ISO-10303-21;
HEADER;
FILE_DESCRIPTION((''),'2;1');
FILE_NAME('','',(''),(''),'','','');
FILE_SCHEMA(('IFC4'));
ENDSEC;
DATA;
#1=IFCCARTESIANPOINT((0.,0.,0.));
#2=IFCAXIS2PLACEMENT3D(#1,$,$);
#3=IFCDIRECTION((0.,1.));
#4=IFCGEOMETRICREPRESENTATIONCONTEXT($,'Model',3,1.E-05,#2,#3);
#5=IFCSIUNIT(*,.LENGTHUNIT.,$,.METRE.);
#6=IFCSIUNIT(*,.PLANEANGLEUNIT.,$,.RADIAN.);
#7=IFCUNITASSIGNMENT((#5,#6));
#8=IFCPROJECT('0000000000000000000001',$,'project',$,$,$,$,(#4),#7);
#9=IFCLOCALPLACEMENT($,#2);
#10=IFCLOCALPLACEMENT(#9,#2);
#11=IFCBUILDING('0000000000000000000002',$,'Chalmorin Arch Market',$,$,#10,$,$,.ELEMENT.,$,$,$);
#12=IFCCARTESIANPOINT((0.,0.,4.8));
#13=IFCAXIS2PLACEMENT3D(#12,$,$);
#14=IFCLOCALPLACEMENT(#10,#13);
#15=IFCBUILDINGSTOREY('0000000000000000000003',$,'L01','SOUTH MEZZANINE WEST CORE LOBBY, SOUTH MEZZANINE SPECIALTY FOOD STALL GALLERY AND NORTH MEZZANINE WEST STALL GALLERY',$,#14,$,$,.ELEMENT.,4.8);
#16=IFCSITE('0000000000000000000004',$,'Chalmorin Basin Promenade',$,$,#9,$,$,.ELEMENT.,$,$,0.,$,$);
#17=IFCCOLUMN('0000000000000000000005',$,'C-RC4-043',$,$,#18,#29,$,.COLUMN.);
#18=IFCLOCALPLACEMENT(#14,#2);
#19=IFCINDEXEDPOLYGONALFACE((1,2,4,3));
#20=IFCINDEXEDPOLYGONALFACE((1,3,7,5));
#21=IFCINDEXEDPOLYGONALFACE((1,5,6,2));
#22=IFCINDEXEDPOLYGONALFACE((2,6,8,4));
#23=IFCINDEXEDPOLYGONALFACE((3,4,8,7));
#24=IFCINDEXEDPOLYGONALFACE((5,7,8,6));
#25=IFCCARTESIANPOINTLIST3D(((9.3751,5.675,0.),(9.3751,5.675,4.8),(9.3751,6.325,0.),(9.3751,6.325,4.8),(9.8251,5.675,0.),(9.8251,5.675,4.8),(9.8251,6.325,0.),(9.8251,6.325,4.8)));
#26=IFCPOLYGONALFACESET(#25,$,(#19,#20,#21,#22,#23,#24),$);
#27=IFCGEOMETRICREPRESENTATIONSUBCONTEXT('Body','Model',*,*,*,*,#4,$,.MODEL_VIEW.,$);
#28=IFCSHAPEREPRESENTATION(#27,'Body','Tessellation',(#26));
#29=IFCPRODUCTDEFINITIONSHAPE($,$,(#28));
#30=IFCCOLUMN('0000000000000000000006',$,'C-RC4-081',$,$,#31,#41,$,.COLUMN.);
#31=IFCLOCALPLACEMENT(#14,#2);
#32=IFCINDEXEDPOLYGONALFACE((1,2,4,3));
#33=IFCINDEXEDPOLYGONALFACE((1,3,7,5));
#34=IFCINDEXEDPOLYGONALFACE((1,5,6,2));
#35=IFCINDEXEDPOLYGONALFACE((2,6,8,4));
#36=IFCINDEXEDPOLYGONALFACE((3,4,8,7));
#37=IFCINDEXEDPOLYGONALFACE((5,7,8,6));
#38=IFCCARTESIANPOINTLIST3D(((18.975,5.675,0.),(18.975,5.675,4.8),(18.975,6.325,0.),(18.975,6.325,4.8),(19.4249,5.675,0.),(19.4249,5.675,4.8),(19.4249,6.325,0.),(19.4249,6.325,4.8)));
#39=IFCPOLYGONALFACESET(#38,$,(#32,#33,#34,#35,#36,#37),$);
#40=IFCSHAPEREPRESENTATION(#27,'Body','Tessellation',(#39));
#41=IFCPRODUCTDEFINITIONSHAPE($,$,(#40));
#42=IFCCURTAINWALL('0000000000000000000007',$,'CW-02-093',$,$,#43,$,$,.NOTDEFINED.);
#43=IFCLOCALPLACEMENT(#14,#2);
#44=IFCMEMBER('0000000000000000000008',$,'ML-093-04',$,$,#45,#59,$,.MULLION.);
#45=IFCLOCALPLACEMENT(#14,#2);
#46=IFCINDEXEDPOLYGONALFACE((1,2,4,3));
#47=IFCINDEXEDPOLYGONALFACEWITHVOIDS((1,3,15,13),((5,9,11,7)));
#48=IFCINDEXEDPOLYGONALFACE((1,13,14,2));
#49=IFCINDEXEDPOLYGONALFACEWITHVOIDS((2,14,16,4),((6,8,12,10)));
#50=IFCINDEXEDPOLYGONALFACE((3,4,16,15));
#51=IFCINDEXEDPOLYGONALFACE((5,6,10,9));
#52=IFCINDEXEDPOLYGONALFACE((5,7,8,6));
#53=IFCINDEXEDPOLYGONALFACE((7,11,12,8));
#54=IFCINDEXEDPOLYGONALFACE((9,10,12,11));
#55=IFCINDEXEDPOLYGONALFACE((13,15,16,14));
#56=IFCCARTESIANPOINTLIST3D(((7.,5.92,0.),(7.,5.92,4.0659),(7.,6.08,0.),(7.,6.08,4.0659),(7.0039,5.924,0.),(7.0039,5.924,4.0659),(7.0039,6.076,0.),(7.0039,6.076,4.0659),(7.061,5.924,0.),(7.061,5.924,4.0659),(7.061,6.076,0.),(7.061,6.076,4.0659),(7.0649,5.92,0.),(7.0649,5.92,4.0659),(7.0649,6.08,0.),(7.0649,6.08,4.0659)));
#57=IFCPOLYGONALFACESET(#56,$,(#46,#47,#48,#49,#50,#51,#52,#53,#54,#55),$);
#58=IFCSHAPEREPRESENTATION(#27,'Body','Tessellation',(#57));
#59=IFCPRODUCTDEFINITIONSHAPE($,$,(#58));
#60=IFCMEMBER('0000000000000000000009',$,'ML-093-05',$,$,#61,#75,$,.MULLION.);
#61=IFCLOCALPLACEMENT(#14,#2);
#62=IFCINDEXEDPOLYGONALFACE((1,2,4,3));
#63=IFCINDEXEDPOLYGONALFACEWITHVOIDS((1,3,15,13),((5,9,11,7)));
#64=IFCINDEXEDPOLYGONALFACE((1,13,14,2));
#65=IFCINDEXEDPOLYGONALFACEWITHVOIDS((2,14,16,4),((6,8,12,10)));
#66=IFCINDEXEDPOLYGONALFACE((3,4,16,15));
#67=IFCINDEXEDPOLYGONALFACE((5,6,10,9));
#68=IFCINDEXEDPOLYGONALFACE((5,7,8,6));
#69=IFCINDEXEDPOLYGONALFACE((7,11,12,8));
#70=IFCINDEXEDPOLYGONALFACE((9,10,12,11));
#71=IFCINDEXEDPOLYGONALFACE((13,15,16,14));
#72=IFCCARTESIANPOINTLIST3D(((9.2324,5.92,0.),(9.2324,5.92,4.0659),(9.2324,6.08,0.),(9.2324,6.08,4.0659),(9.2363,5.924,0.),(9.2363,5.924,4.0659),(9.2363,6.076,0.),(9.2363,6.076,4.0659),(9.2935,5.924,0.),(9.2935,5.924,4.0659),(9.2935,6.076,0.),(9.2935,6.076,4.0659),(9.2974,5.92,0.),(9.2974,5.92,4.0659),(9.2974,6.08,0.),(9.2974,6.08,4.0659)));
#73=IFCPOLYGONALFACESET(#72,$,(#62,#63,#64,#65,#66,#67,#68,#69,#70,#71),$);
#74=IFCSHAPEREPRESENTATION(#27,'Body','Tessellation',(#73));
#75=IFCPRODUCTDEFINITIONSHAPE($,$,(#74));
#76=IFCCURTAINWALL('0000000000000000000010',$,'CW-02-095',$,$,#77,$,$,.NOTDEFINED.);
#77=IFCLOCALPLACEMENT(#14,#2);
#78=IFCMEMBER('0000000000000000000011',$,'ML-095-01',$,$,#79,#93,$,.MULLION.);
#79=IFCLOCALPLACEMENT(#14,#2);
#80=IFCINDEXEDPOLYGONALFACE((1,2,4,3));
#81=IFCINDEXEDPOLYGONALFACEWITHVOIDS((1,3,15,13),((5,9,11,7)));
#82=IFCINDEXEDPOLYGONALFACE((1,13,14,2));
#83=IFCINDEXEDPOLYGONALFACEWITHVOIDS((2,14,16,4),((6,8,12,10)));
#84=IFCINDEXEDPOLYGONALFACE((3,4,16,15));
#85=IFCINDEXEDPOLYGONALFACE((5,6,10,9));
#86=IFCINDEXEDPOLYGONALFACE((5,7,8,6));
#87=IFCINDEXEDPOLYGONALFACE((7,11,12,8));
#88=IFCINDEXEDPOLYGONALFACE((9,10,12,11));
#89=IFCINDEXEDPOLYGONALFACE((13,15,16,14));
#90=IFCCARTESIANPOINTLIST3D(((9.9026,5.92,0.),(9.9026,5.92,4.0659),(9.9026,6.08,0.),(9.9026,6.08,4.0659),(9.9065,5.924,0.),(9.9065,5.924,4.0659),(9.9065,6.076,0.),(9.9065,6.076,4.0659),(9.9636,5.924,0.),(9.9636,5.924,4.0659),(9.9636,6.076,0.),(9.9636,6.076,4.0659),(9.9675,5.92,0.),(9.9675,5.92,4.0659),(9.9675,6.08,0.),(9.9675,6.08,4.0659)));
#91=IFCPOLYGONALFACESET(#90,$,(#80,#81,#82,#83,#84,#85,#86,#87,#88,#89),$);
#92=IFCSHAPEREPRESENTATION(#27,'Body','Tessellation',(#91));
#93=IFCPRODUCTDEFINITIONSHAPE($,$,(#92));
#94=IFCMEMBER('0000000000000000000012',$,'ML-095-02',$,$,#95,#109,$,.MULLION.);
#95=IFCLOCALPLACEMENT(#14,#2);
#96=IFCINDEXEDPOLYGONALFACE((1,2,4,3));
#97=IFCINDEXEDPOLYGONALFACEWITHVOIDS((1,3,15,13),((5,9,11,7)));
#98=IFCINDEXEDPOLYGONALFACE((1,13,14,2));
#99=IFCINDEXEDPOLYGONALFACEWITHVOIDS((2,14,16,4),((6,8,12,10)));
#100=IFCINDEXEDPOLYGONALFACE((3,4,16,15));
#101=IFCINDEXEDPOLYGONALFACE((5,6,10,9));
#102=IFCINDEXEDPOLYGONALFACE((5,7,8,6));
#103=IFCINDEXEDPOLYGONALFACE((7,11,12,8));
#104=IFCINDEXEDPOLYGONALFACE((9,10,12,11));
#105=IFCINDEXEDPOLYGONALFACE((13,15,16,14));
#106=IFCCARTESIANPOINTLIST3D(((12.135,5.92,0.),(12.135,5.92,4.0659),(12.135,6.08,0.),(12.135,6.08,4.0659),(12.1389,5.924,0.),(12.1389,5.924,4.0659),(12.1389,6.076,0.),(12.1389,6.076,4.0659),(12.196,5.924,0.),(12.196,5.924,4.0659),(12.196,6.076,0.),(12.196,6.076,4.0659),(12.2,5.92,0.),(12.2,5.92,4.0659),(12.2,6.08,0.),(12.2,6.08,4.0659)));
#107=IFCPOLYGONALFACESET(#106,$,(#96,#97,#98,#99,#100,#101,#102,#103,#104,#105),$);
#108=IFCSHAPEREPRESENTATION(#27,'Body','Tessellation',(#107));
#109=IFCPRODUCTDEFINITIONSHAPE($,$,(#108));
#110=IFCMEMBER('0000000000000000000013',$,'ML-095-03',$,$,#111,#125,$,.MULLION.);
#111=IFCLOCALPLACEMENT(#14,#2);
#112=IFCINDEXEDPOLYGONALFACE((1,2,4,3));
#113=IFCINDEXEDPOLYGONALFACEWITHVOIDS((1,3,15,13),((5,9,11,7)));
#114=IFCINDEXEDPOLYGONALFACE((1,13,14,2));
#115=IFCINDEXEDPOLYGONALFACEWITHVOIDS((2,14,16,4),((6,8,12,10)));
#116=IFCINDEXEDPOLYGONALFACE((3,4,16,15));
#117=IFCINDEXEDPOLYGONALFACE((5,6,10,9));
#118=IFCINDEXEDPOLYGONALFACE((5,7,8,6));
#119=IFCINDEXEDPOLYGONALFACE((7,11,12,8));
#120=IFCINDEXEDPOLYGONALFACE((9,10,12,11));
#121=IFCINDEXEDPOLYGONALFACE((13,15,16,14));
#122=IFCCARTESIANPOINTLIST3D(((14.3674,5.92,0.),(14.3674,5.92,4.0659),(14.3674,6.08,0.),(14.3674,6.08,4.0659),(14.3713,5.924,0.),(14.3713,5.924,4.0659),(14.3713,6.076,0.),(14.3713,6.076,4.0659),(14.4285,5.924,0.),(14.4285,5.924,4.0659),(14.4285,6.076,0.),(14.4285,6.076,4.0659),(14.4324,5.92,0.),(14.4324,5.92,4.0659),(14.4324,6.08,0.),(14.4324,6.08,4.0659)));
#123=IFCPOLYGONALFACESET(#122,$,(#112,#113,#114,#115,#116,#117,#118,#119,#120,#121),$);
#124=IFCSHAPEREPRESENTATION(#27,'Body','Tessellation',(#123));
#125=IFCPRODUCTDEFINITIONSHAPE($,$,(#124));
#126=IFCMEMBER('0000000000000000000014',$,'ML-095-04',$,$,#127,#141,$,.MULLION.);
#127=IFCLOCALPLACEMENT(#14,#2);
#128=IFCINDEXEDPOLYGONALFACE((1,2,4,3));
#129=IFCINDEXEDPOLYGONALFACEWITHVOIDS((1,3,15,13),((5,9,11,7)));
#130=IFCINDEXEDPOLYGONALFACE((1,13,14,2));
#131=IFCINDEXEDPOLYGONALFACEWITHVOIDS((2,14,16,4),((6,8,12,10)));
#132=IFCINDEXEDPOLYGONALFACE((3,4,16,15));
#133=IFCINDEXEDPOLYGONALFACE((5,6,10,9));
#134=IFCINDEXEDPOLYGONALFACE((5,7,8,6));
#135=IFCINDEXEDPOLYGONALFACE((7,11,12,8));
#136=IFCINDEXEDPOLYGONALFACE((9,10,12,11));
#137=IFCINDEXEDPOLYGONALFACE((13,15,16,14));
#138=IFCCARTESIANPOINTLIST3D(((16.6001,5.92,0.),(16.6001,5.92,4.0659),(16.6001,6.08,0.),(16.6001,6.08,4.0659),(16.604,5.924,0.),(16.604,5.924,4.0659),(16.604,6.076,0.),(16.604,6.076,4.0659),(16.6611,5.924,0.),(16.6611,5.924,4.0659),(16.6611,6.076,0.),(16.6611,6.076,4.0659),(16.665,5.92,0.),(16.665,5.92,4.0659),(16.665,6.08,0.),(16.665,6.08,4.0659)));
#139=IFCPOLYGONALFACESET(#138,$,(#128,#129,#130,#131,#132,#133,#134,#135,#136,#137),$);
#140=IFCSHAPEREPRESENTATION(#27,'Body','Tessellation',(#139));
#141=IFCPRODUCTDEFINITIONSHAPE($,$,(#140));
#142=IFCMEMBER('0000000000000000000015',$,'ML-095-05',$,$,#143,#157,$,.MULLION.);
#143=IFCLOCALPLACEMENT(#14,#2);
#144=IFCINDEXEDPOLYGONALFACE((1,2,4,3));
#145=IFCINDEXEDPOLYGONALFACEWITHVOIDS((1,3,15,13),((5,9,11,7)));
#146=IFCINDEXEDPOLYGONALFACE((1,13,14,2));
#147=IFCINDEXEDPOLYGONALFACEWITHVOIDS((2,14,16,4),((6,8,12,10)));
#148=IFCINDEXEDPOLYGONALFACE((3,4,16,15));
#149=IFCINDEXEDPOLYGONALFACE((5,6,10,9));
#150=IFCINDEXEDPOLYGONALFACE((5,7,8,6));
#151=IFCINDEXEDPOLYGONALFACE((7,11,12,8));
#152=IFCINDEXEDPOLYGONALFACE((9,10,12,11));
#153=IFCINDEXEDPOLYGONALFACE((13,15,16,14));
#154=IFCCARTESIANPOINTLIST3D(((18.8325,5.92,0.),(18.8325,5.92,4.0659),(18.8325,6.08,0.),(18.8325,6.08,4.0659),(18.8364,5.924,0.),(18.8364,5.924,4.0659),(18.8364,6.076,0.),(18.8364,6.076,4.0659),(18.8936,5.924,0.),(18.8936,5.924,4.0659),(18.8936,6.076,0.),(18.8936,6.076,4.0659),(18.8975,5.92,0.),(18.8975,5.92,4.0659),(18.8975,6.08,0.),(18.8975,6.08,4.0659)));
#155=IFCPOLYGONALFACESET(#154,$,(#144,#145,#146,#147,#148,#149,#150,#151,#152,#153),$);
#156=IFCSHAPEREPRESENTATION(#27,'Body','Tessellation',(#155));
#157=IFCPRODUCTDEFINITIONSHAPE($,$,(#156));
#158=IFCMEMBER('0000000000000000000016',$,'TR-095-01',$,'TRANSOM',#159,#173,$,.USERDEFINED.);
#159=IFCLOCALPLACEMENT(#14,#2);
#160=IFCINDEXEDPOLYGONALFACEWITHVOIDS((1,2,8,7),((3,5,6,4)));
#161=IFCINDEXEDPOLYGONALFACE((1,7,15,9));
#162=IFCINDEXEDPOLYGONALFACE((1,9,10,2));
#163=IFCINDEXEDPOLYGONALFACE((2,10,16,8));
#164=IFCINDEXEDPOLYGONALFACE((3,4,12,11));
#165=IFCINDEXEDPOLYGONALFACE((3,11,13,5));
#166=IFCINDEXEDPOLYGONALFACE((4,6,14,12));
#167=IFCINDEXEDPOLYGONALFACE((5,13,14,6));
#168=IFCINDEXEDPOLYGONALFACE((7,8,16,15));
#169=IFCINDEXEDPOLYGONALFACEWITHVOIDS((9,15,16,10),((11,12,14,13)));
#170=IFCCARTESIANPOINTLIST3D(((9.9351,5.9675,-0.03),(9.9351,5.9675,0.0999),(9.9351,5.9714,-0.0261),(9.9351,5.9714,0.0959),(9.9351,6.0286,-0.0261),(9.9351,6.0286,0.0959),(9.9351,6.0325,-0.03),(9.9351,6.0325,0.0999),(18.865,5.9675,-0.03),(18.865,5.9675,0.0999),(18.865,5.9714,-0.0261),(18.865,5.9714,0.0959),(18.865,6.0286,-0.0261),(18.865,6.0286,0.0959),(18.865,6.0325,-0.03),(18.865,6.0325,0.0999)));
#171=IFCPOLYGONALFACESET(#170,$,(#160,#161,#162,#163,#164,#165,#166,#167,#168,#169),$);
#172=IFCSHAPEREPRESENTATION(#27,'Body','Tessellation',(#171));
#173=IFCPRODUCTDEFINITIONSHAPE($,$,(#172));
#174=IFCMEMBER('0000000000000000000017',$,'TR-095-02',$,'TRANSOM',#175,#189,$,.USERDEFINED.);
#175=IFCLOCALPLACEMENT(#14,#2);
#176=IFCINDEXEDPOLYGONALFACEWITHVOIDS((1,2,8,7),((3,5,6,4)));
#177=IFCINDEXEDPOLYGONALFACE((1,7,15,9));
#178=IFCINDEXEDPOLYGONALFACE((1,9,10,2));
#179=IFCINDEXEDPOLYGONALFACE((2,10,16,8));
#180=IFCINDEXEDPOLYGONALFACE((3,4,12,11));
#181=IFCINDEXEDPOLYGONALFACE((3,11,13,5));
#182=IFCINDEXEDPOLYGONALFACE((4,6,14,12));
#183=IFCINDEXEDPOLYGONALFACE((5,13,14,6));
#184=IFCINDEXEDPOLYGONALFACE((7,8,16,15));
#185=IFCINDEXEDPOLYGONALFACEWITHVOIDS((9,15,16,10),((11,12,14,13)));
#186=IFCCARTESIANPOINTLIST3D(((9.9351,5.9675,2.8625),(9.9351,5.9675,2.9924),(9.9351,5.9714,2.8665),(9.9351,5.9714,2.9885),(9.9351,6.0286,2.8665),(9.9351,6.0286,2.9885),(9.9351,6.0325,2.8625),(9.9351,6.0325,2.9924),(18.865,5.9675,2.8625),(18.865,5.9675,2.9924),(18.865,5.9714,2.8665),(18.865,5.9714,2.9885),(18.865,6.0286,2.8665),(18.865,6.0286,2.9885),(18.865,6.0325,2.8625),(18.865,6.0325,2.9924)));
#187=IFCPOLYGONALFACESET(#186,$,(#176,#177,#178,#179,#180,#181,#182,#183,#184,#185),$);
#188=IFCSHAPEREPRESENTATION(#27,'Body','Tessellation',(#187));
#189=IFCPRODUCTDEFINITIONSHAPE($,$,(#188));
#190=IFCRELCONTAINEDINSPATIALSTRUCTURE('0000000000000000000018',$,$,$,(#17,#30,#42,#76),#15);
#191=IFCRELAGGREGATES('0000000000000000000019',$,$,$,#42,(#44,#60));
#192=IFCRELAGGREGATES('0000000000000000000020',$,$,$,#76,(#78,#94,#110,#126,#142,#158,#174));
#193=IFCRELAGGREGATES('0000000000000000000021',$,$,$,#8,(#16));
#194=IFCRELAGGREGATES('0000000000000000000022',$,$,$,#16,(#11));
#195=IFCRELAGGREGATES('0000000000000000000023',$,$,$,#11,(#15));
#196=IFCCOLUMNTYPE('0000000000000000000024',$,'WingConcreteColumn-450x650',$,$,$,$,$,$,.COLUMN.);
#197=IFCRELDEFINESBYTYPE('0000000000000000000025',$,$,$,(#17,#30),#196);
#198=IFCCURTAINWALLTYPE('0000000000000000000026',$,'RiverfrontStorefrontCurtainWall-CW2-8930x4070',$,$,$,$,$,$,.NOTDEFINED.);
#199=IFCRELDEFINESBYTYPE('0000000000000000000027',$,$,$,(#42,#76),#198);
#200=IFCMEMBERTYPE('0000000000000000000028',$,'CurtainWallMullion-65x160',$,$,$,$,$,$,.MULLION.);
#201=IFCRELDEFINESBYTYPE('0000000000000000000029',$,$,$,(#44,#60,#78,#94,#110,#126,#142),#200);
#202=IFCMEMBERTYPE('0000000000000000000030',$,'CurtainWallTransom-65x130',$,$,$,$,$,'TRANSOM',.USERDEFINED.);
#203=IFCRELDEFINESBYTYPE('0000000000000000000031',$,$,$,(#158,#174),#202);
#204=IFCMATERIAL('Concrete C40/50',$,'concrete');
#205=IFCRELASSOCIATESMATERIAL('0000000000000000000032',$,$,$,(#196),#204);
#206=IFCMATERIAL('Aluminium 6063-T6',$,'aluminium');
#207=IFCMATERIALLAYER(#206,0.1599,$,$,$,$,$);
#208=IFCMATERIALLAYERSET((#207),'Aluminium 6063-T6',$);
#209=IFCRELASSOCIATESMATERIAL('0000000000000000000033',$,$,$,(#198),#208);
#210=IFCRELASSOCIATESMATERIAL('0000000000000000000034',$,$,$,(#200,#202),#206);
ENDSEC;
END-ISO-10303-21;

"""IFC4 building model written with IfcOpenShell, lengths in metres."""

from ifc_helpers import new_model, si_unit, direction, frame, origin, origin_2d, place, context, subcontext, project, spatial, rectangle, hollow_rectangle, extrude, material, layer, layer_set, material_profile, profile_set, type_object, element, aggregate, save


model = new_model("IFC4")

# Units and contexts
model_context = context("Model", 3, precision=1e-05, world=origin(), true_north=direction((0.0, 1.0)))
body_context = subcontext(model_context, "Body", "Model", "MODEL_VIEW")
ifc_project = project(units=[si_unit("LENGTHUNIT", "METRE"), si_unit("PLANEANGLEUNIT", "RADIAN")], contexts=[model_context])

# Site, building, storey
site_placement = place(None, origin())
site = spatial("IfcSite", under=ifc_project, at=site_placement, Name="Chalmorin Basin Promenade", CompositionType="ELEMENT", RefElevation=0.0)
building_placement = place(site_placement, origin())
building = spatial("IfcBuilding", under=site, at=building_placement, Name="Chalmorin Arch Market", CompositionType="ELEMENT")
storey_placement = place(building_placement, frame((0.0, 0.0, 4.8)))
storey = spatial("IfcBuildingStorey", under=building, at=storey_placement, Name="L01", Description="SOUTH MEZZANINE WEST CORE LOBBY, SOUTH MEZZANINE SPECIALTY FOOD STALL GALLERY AND NORTH MEZZANINE WEST STALL GALLERY", CompositionType="ELEMENT", Elevation=4.8)

# Columns
ifc_material_1 = material(Name="Concrete C40/50", Category="concrete")
ifc_material_profile_1 = material_profile(ifc_material_1, rectangle(XDim=0.45, YDim=0.6499, at=origin_2d()), Name="RC450X650")
ifc_profile_set_1 = profile_set([ifc_material_profile_1], Name="Concrete C40/50")
column_type = type_object("IfcColumnType", Name="WingConcreteColumn-450x650", PredefinedType="COLUMN", material=ifc_profile_set_1)
for number, where, z_axis, x_axis, name in (
    (1, (9.6001, 6.0, 0.0), (0.0, 0.0, 1.0), (1.0, 0.0, 0.0), "C-RC4-043"),
    (2, (19.2, 6.0, 0.0), (0.0, 0.0, 1.0), (1.0, 0.0, 0.0), "C-RC4-081"),
):
    element("IfcColumn", number, at=place(storey_placement, frame(where, z_axis=z_axis, x_axis=x_axis)), inside=storey, type_object=column_type, Name=name, PredefinedType="COLUMN", context=body_context, shape_type="SweptSolid", body=[
        extrude(rectangle(XDim=0.45, YDim=0.6499, at=origin_2d()), origin(), (0.0, 0.0, 1.0), 4.8),
    ])

# Curtain walls, members
ifc_material_2 = material(Name="Aluminium 6063-T6", Category="aluminium")
ifc_layer_1 = layer(ifc_material_2, 0.1599)
ifc_layer_set_1 = layer_set([ifc_layer_1], Name="Aluminium 6063-T6")
curtain_wall_type = type_object("IfcCurtainWallType", Name="RiverfrontStorefrontCurtainWall-CW2-8930x4070", PredefinedType="NOTDEFINED", material=ifc_layer_set_1)
curtain_wall_1_placement = place(storey_placement, origin())
curtain_wall_1 = element("IfcCurtainWall", 3, at=curtain_wall_1_placement, inside=storey, type_object=curtain_wall_type, Name="CW-02-093", PredefinedType="NOTDEFINED")
ifc_material_profile_2 = material_profile(ifc_material_2, hollow_rectangle(XDim=0.0649, YDim=0.1599, WallThickness=0.0039, at=origin_2d()), Name="ALU65X160X4")
ifc_profile_set_2 = profile_set([ifc_material_profile_2], Name="Aluminium 6063-T6")
member_type_1 = type_object("IfcMemberType", Name="CurtainWallMullion-65x160", PredefinedType="MULLION", material=ifc_profile_set_2)
member_1_placement = place(storey_placement, frame((7.0325, 6.0, 0.0), z_axis=(0.0, 0.0, 1.0), x_axis=(1.0, 0.0, 0.0)))
member_1 = element("IfcMember", 4, at=member_1_placement, type_object=member_type_1, Name="ML-093-04", PredefinedType="MULLION", context=body_context, shape_type="SweptSolid", body=[
    extrude(hollow_rectangle(XDim=0.0649, YDim=0.1599, WallThickness=0.0039, at=origin_2d()), origin(), (0.0, 0.0, 1.0), 4.0659),
])
member_2_placement = place(storey_placement, frame((9.2649, 6.0, 0.0), z_axis=(0.0, 0.0, 1.0), x_axis=(1.0, 0.0, 0.0)))
member_2 = element("IfcMember", 5, at=member_2_placement, type_object=member_type_1, Name="ML-093-05", PredefinedType="MULLION", context=body_context, shape_type="SweptSolid", body=[
    extrude(hollow_rectangle(XDim=0.0649, YDim=0.1599, WallThickness=0.0039, at=origin_2d()), origin(), (0.0, 0.0, 1.0), 4.0659),
])
curtain_wall_2_placement = place(storey_placement, origin())
curtain_wall_2 = element("IfcCurtainWall", 6, at=curtain_wall_2_placement, inside=storey, type_object=curtain_wall_type, Name="CW-02-095", PredefinedType="NOTDEFINED")
member_3_placement = place(storey_placement, frame((9.9351, 6.0, 0.0), z_axis=(0.0, 0.0, 1.0), x_axis=(1.0, 0.0, 0.0)))
member_3 = element("IfcMember", 7, at=member_3_placement, type_object=member_type_1, Name="ML-095-01", PredefinedType="MULLION", context=body_context, shape_type="SweptSolid", body=[
    extrude(hollow_rectangle(XDim=0.0649, YDim=0.1599, WallThickness=0.0039, at=origin_2d()), origin(), (0.0, 0.0, 1.0), 4.0659),
])
member_4_placement = place(storey_placement, frame((12.1675, 6.0, 0.0), z_axis=(0.0, 0.0, 1.0), x_axis=(1.0, 0.0, 0.0)))
member_4 = element("IfcMember", 8, at=member_4_placement, type_object=member_type_1, Name="ML-095-02", PredefinedType="MULLION", context=body_context, shape_type="SweptSolid", body=[
    extrude(hollow_rectangle(XDim=0.0649, YDim=0.1599, WallThickness=0.0039, at=origin_2d()), origin(), (0.0, 0.0, 1.0), 4.0659),
])
member_5_placement = place(storey_placement, frame((14.3999, 6.0, 0.0), z_axis=(0.0, 0.0, 1.0), x_axis=(1.0, 0.0, 0.0)))
member_5 = element("IfcMember", 9, at=member_5_placement, type_object=member_type_1, Name="ML-095-03", PredefinedType="MULLION", context=body_context, shape_type="SweptSolid", body=[
    extrude(hollow_rectangle(XDim=0.0649, YDim=0.1599, WallThickness=0.0039, at=origin_2d()), origin(), (0.0, 0.0, 1.0), 4.0659),
])
member_6_placement = place(storey_placement, frame((16.6326, 6.0, 0.0), z_axis=(0.0, 0.0, 1.0), x_axis=(1.0, 0.0, 0.0)))
member_6 = element("IfcMember", 10, at=member_6_placement, type_object=member_type_1, Name="ML-095-04", PredefinedType="MULLION", context=body_context, shape_type="SweptSolid", body=[
    extrude(hollow_rectangle(XDim=0.0649, YDim=0.1599, WallThickness=0.0039, at=origin_2d()), origin(), (0.0, 0.0, 1.0), 4.0659),
])
member_7_placement = place(storey_placement, frame((18.865, 6.0, 0.0), z_axis=(0.0, 0.0, 1.0), x_axis=(1.0, 0.0, 0.0)))
member_7 = element("IfcMember", 11, at=member_7_placement, type_object=member_type_1, Name="ML-095-05", PredefinedType="MULLION", context=body_context, shape_type="SweptSolid", body=[
    extrude(hollow_rectangle(XDim=0.0649, YDim=0.1599, WallThickness=0.0039, at=origin_2d()), origin(), (0.0, 0.0, 1.0), 4.0659),
])
ifc_material_profile_3 = material_profile(ifc_material_2, hollow_rectangle(XDim=0.0649, YDim=0.1299, WallThickness=0.0039, at=origin_2d()), Name="ALU65X130X4")
ifc_profile_set_3 = profile_set([ifc_material_profile_3], Name="Aluminium 6063-T6")
member_type_2 = type_object("IfcMemberType", Name="CurtainWallTransom-65x130", ElementType="TRANSOM", PredefinedType="USERDEFINED", material=ifc_profile_set_3)
member_8_placement = place(storey_placement, frame((9.9351, 6.0, 0.0349), z_axis=(1.0, 0.0, 0.0), x_axis=(0.0, 1.0, 0.0)))
member_8 = element("IfcMember", 12, at=member_8_placement, type_object=member_type_2, Name="TR-095-01", ObjectType="TRANSOM", PredefinedType="USERDEFINED", context=body_context, shape_type="SweptSolid", body=[
    extrude(hollow_rectangle(XDim=0.0649, YDim=0.1299, WallThickness=0.0039, at=origin_2d()), origin(), (0.0, 0.0, 1.0), 8.9299),
])
member_9_placement = place(storey_placement, frame((9.9351, 6.0, 2.9275), z_axis=(1.0, 0.0, 0.0), x_axis=(0.0, 1.0, 0.0)))
member_9 = element("IfcMember", 13, at=member_9_placement, type_object=member_type_2, Name="TR-095-02", ObjectType="TRANSOM", PredefinedType="USERDEFINED", context=body_context, shape_type="SweptSolid", body=[
    extrude(hollow_rectangle(XDim=0.0649, YDim=0.1299, WallThickness=0.0039, at=origin_2d()), origin(), (0.0, 0.0, 1.0), 8.9299),
])

aggregate(curtain_wall_1, [member_1, member_2])
aggregate(curtain_wall_2, [member_3, member_4, member_5, member_6, member_7, member_8, member_9])

save(model, "model.ifc")
